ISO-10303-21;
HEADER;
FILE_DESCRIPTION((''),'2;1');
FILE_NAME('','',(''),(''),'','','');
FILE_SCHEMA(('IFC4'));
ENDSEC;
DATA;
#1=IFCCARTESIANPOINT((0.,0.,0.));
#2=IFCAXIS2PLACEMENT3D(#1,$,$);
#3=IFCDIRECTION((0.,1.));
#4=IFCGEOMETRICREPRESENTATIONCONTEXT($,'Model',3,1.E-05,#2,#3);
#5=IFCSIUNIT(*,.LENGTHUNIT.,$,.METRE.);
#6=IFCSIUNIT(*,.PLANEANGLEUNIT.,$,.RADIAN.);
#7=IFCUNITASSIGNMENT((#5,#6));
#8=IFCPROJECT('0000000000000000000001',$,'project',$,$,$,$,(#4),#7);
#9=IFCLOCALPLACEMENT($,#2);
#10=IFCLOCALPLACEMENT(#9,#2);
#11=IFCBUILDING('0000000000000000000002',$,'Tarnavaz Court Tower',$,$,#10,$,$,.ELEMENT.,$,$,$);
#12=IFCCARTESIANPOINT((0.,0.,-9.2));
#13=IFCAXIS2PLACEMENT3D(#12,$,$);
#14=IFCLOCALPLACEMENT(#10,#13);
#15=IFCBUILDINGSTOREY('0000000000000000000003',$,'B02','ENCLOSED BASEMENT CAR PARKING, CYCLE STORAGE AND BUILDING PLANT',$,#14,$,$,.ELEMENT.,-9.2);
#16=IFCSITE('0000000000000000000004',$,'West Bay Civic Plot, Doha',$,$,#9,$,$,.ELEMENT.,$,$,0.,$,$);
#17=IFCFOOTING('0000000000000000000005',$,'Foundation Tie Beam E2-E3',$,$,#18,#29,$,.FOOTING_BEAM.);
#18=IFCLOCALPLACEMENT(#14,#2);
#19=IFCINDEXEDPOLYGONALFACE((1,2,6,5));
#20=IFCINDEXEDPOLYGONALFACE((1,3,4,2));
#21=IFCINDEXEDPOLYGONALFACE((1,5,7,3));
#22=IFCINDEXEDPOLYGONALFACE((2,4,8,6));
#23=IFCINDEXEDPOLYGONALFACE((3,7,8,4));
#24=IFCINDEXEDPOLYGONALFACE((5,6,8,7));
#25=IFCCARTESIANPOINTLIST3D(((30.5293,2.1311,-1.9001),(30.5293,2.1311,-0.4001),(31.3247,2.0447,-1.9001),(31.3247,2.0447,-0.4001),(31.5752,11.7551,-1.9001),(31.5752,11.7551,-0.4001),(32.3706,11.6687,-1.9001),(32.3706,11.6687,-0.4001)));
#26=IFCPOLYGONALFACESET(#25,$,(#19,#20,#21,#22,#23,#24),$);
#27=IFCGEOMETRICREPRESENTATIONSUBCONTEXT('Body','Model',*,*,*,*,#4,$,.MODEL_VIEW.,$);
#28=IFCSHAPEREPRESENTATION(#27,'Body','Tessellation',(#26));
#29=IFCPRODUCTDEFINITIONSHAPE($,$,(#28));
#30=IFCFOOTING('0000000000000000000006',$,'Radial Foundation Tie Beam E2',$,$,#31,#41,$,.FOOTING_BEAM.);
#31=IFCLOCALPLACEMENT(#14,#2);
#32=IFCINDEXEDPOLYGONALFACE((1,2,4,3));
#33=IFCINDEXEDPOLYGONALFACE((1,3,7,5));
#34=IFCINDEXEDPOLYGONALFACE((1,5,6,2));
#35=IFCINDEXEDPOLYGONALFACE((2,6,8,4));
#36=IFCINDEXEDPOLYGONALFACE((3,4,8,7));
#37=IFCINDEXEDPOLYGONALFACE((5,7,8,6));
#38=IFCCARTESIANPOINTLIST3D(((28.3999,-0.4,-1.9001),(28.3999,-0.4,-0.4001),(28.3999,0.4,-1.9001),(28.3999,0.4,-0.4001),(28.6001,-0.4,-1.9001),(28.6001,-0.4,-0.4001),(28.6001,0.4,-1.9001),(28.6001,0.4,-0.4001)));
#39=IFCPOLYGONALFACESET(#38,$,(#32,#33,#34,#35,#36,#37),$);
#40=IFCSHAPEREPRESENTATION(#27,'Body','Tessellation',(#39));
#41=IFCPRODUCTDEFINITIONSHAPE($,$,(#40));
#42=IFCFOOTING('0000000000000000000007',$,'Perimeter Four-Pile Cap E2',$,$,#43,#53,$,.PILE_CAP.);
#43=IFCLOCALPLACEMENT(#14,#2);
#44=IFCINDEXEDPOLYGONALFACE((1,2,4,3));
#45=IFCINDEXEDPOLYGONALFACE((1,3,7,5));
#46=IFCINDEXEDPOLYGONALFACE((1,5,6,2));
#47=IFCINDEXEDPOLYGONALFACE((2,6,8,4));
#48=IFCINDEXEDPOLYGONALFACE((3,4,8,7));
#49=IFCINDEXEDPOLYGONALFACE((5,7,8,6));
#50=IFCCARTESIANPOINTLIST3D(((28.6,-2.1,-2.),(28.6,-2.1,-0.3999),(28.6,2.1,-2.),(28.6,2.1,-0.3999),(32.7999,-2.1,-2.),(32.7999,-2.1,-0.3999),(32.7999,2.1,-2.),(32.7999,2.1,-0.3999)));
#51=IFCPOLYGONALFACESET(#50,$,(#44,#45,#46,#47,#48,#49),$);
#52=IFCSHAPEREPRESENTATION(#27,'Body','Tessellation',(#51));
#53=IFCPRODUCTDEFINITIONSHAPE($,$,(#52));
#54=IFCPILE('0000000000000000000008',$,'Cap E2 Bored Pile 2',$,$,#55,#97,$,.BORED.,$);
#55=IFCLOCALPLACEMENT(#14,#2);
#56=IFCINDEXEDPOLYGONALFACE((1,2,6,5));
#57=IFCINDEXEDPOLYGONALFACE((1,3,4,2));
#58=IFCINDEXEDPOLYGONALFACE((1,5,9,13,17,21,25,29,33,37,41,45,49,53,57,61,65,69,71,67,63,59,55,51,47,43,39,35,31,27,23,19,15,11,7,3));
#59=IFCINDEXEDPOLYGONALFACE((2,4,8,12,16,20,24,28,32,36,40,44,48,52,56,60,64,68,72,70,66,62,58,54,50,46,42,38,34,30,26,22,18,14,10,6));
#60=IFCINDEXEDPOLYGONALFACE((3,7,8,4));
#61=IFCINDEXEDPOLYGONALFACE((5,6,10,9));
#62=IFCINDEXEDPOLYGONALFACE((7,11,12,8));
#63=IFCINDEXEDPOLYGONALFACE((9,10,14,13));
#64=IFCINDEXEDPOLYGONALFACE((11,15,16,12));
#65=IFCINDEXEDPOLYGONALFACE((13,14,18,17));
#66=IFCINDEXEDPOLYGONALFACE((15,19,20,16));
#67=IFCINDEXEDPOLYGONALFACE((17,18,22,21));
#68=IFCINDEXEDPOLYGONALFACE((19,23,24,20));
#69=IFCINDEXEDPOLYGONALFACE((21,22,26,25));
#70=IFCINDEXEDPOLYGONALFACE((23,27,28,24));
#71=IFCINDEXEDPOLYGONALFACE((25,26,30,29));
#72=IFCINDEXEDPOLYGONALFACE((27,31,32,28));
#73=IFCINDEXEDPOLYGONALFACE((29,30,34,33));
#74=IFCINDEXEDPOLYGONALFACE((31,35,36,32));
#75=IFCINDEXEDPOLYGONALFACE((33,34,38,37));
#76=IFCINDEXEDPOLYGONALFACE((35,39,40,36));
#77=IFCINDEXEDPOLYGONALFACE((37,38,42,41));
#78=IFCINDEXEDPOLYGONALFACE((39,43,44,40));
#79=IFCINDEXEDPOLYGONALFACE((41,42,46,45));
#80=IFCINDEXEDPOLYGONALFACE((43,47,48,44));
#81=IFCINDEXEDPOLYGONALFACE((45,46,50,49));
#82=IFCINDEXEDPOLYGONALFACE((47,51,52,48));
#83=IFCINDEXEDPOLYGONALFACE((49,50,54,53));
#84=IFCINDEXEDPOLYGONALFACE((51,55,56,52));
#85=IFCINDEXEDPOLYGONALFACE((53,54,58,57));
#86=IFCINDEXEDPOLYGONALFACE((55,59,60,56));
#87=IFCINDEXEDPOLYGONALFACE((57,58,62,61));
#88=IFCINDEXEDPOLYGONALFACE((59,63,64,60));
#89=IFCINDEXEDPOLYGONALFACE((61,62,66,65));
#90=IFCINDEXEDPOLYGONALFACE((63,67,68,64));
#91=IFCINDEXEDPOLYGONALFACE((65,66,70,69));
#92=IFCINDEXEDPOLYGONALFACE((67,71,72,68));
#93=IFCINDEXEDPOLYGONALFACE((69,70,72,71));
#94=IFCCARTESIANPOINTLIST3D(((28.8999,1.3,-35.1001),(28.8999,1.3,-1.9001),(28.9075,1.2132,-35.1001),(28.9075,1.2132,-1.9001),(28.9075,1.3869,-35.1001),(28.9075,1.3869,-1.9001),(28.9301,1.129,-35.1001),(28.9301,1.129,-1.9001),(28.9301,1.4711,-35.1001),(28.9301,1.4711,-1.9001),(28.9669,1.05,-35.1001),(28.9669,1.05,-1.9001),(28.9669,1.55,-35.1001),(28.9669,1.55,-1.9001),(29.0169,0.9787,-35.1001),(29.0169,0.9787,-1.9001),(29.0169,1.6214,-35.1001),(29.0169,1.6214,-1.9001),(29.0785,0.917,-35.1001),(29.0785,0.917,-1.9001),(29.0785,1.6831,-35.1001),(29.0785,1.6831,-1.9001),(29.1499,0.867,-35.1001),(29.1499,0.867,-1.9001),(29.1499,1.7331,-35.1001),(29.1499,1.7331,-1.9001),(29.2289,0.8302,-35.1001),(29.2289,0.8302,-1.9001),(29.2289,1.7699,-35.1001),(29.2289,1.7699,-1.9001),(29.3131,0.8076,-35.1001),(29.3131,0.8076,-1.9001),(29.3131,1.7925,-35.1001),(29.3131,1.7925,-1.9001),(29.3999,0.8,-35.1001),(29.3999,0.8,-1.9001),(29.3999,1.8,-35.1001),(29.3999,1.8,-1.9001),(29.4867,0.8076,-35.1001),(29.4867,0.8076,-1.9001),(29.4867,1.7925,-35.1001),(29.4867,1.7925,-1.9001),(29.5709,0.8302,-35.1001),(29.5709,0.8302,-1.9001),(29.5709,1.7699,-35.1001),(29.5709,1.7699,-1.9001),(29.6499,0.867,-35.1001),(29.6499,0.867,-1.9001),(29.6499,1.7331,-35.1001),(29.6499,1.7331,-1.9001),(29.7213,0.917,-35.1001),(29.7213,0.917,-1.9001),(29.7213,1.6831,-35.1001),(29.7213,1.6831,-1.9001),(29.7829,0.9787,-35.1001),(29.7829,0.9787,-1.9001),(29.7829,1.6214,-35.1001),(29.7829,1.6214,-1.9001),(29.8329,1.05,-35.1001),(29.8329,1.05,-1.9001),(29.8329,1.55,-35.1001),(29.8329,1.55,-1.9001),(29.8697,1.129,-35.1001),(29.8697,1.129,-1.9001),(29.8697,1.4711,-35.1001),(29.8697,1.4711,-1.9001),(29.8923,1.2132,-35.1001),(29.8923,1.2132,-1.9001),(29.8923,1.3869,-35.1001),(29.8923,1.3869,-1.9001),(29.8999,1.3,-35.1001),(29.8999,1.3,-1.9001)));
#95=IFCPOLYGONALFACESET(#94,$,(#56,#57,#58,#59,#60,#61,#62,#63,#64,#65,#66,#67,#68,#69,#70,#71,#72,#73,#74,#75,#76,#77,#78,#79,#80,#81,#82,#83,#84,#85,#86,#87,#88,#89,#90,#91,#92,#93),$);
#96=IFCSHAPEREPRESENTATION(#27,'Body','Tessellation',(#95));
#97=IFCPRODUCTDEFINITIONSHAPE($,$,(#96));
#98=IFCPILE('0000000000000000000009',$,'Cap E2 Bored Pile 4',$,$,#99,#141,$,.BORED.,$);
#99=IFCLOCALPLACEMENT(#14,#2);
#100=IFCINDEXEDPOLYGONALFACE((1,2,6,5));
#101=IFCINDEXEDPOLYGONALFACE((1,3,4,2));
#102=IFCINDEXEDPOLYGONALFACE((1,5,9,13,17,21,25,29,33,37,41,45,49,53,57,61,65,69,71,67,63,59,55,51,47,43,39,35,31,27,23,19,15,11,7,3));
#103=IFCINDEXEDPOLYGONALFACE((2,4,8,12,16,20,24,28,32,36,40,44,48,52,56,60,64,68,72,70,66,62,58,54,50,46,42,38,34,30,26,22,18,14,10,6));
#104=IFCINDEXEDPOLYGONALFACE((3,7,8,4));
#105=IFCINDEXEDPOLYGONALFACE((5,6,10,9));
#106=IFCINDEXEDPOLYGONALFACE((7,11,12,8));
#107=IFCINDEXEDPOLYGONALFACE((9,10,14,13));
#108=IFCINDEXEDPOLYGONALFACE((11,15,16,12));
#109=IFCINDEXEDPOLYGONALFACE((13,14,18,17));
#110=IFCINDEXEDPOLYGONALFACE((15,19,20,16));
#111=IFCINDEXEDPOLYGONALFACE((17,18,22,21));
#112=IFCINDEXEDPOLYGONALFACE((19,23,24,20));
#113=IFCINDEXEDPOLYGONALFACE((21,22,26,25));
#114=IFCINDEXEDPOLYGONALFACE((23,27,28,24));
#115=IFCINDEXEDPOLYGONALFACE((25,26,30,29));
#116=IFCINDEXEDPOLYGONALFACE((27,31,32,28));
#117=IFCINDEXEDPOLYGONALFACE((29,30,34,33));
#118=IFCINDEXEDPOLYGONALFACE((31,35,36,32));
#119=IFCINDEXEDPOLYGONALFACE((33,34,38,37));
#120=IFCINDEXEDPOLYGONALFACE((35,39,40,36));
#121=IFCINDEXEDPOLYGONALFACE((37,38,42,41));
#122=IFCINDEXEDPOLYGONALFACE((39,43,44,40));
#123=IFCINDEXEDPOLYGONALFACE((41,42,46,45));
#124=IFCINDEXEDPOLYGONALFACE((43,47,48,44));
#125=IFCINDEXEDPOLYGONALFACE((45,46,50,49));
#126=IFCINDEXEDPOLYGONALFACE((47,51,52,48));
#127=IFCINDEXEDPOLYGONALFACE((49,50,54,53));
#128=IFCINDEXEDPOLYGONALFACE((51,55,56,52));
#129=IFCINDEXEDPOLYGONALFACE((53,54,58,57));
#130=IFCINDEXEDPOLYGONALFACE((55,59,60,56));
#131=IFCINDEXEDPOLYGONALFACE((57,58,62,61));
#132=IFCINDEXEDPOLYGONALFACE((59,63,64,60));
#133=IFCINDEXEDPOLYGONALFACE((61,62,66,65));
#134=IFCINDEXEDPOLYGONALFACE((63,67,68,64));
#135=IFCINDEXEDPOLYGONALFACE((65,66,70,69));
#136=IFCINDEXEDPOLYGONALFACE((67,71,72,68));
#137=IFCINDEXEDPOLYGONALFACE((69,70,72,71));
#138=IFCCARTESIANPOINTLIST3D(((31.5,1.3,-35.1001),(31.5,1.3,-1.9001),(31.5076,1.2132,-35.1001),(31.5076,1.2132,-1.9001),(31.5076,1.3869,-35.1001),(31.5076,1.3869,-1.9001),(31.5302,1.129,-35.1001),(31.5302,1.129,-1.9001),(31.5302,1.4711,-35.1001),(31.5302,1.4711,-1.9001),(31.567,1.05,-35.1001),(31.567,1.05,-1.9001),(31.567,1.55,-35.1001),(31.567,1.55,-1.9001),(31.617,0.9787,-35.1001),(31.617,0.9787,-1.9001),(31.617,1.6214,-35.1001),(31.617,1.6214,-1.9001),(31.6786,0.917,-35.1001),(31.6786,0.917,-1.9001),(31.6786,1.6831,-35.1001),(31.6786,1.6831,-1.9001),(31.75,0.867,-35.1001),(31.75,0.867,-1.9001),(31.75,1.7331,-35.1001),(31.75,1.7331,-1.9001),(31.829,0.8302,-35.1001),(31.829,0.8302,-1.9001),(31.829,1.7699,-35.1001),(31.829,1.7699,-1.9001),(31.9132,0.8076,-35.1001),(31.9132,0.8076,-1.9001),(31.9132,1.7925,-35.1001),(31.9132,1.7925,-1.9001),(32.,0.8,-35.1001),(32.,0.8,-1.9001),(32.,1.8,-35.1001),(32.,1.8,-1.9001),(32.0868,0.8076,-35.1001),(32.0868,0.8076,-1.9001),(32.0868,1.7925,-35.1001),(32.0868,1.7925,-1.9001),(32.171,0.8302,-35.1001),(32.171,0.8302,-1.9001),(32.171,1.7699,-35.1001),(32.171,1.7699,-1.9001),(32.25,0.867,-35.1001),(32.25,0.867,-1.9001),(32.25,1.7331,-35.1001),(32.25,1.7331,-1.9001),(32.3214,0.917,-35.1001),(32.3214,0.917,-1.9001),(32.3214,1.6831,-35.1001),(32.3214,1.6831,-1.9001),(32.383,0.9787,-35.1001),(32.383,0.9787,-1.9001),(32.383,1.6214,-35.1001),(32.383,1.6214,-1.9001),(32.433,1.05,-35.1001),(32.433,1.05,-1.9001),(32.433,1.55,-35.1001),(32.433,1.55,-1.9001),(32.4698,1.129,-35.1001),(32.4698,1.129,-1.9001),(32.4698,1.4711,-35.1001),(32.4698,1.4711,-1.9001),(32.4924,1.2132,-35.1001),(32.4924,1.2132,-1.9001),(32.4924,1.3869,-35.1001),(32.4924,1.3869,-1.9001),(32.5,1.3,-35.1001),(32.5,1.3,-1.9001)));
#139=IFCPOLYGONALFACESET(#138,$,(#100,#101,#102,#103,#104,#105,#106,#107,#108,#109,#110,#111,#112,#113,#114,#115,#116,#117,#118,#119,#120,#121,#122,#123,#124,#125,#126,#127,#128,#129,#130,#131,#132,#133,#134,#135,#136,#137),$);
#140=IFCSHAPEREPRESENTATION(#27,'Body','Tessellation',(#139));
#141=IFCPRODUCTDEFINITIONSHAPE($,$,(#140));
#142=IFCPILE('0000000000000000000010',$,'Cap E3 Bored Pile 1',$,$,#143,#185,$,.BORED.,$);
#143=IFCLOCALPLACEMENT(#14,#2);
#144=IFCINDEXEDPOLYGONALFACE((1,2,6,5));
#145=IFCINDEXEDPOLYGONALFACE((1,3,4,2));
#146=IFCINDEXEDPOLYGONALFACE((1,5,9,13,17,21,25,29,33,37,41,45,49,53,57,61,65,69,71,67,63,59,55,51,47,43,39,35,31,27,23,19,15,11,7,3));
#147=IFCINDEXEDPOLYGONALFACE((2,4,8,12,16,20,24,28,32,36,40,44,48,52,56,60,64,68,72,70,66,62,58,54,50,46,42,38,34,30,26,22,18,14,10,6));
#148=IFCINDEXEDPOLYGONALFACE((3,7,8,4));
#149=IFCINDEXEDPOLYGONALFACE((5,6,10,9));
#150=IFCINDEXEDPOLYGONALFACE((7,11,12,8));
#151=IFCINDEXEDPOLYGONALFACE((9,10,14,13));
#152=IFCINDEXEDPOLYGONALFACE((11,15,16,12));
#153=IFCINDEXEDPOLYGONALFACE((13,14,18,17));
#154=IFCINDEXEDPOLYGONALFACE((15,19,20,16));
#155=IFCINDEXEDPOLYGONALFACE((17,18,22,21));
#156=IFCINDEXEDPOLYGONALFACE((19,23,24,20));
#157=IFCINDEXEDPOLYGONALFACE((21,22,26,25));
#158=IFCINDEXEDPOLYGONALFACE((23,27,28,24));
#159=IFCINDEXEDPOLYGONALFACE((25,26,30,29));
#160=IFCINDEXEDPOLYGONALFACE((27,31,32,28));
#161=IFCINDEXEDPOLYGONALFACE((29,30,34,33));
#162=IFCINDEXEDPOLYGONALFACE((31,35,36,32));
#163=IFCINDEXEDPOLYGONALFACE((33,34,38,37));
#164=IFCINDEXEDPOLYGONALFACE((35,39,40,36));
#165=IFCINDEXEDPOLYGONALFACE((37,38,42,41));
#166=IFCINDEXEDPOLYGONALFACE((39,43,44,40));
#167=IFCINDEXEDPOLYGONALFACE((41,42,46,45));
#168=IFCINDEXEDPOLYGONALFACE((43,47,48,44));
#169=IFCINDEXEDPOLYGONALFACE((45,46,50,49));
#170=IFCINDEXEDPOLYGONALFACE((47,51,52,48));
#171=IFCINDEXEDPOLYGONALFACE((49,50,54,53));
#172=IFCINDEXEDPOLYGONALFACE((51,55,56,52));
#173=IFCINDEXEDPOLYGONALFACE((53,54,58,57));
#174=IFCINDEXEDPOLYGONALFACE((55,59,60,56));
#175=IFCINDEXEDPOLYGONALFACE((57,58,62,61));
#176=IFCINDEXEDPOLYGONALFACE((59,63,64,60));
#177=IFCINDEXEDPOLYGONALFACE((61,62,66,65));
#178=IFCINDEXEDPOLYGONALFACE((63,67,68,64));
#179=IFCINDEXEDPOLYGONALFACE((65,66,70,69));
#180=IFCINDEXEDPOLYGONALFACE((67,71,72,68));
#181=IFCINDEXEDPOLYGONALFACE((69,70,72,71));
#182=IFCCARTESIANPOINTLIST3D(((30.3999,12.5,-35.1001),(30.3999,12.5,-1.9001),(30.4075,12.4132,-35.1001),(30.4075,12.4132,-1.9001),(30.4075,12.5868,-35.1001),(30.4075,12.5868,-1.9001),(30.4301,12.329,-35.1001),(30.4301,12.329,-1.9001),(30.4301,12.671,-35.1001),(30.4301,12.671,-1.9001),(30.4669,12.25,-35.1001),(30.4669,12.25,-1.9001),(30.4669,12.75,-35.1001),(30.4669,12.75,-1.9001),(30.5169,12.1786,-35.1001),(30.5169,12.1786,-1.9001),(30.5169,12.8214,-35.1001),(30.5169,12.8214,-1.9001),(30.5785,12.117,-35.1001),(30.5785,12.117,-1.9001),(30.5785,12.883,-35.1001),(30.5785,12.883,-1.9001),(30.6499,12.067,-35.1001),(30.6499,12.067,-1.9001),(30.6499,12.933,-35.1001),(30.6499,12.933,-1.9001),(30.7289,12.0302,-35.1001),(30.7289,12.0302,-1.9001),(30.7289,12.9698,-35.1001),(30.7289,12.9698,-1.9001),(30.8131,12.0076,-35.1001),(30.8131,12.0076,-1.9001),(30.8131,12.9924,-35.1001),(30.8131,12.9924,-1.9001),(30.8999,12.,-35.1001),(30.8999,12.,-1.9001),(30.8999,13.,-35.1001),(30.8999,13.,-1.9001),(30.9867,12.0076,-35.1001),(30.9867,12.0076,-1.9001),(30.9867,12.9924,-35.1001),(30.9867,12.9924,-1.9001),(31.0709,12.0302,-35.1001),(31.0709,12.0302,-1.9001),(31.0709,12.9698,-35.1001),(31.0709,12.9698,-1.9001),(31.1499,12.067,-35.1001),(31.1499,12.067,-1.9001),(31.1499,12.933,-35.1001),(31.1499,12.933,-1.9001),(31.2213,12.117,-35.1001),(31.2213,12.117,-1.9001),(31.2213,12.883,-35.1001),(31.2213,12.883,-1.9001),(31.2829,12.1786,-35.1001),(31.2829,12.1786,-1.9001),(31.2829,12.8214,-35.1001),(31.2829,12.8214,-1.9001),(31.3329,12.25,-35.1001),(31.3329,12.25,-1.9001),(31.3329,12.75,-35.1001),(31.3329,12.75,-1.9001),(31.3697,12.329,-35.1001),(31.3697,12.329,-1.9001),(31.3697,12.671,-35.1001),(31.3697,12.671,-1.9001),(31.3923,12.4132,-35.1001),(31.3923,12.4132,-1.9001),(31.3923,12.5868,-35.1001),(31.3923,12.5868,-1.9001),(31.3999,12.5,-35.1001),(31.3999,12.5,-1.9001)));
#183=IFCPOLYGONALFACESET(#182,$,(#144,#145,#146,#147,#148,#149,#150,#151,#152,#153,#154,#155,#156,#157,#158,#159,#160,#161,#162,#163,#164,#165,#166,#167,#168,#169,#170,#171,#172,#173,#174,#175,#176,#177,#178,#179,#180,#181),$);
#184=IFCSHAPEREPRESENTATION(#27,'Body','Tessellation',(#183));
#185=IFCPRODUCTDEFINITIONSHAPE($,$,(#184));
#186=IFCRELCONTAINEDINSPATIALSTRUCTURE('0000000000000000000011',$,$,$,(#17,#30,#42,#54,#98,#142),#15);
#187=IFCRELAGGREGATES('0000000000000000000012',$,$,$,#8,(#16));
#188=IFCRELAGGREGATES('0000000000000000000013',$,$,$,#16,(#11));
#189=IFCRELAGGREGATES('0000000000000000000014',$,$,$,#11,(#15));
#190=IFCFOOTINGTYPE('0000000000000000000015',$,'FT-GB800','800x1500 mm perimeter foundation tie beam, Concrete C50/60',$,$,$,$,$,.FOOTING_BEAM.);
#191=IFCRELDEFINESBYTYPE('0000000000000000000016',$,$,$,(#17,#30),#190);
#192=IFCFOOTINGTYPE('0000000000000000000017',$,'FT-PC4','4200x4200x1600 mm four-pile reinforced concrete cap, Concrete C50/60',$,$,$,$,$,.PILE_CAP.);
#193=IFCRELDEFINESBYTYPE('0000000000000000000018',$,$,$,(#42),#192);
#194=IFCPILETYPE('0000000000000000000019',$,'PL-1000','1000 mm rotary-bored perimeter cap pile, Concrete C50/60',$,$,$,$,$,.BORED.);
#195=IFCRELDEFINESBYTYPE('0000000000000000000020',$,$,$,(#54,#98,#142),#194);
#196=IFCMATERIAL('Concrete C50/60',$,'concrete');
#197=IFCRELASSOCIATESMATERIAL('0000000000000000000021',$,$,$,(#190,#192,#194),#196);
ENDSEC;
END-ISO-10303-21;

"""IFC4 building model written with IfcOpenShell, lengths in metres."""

from ifc_helpers import new_model, si_unit, direction, frame, origin, origin_2d, place, context, subcontext, project, spatial, rectangle, circle, extrude, material, material_profile, profile_set, type_object, element, save


model = new_model("IFC4")

# Units and contexts
model_context = context("Model", 3, precision=1e-05, world=origin(), true_north=direction((0.0, 1.0)))
body_context = subcontext(model_context, "Body", "Model", "MODEL_VIEW")
ifc_project = project(units=[si_unit("LENGTHUNIT", "METRE"), si_unit("PLANEANGLEUNIT", "RADIAN")], contexts=[model_context])

# Site, building, storey
site_placement = place(None, origin())
site = spatial("IfcSite", under=ifc_project, at=site_placement, Name="West Bay Civic Plot, Doha", CompositionType="ELEMENT", RefElevation=0.0)
building_placement = place(site_placement, origin())
building = spatial("IfcBuilding", under=site, at=building_placement, Name="Tarnavaz Court Tower", CompositionType="ELEMENT")
storey_placement = place(building_placement, frame((0.0, 0.0, -9.2)))
storey = spatial("IfcBuildingStorey", under=building, at=storey_placement, Name="B02", Description="ENCLOSED BASEMENT CAR PARKING, CYCLE STORAGE AND BUILDING PLANT", CompositionType="ELEMENT", Elevation=-9.2)

# Footings
ifc_material_1 = material(Name="Concrete C50/60", Category="concrete")
ifc_material_profile_1 = material_profile(ifc_material_1, rectangle(XDim=0.8, YDim=1.5, at=origin_2d()), Name="RC 800X1500")
ifc_profile_set_1 = profile_set([ifc_material_profile_1], Name="Concrete C50/60")
footing_type_1 = type_object("IfcFootingType", Name="FT-GB800", Description="800x1500 mm perimeter foundation tie beam, Concrete C50/60", PredefinedType="FOOTING_BEAM", material=ifc_profile_set_1)
footing_1_placement = place(storey_placement, frame((30.927, 2.0879, -1.1501), z_axis=(0.10804, 0.994147, 0.0), x_axis=(-0.994147, 0.10804, 0.0)))
element("IfcFooting", 1, at=footing_1_placement, inside=storey, type_object=footing_type_1, Name="Foundation Tie Beam E2-E3", PredefinedType="FOOTING_BEAM", context=body_context, shape_type="SweptSolid", body=[
    extrude(rectangle(XDim=0.8, YDim=1.5, at=origin_2d()), origin(), (0.0, 0.0, 1.0), 9.6807),
])
footing_2_placement = place(storey_placement, frame((28.3999, 0.0, -1.1501), z_axis=(1.0, 0.0, 0.0), x_axis=(0.0, 1.0, 0.0)))
element("IfcFooting", 2, at=footing_2_placement, inside=storey, type_object=footing_type_1, Name="Radial Foundation Tie Beam E2", PredefinedType="FOOTING_BEAM", context=body_context, shape_type="SweptSolid", body=[
    extrude(rectangle(XDim=0.8, YDim=1.5, at=origin_2d()), origin(), (0.0, 0.0, 1.0), 0.2002),
])
footing_type_2 = type_object("IfcFootingType", Name="FT-PC4", Description="4200x4200x1600 mm four-pile reinforced concrete cap, Concrete C50/60", PredefinedType="PILE_CAP", material=ifc_material_1)
footing_3_placement = place(storey_placement, frame((30.7, 0.0, -2.0), z_axis=(0.0, 0.0, 1.0), x_axis=(1.0, 0.0, 0.0)))
element("IfcFooting", 3, at=footing_3_placement, inside=storey, type_object=footing_type_2, Name="Perimeter Four-Pile Cap E2", PredefinedType="PILE_CAP", context=body_context, shape_type="SweptSolid", body=[
    extrude(rectangle(XDim=4.2, YDim=4.2, at=origin_2d()), origin(), (0.0, 0.0, 1.0), 1.6001),
])

# Piles
ifc_material_profile_2 = material_profile(ifc_material_1, circle(Radius=0.5, at=origin_2d()), Name="PILE D1000")
ifc_profile_set_2 = profile_set([ifc_material_profile_2], Name="Concrete C50/60")
pile_type_1 = type_object("IfcPileType", Name="PL-1000", Description="1000 mm rotary-bored perimeter cap pile, Concrete C50/60", PredefinedType="BORED", material=ifc_profile_set_2)
for number, where, z_axis, x_axis, name in (
    (4, (29.3999, 1.3, -1.9001), (0.0, 0.0, -1.0), (1.0, 0.0, 0.0), "Cap E2 Bored Pile 2"),
    (5, (32.0, 1.3, -1.9001), (0.0, 0.0, -1.0), (1.0, 0.0, 0.0), "Cap E2 Bored Pile 4"),
    (6, (30.8999, 12.5, -1.9001), (0.0, 0.0, -1.0), (1.0, 0.0, 0.0), "Cap E3 Bored Pile 1"),
):
    element("IfcPile", number, at=place(storey_placement, frame(where, z_axis=z_axis, x_axis=x_axis)), inside=storey, type_object=pile_type_1, Name=name, PredefinedType="BORED", context=body_context, shape_type="SweptSolid", body=[
        extrude(circle(Radius=0.5, at=origin_2d()), origin(), (0.0, 0.0, 1.0), 33.2),
    ])

save(model, "model.ifc")
